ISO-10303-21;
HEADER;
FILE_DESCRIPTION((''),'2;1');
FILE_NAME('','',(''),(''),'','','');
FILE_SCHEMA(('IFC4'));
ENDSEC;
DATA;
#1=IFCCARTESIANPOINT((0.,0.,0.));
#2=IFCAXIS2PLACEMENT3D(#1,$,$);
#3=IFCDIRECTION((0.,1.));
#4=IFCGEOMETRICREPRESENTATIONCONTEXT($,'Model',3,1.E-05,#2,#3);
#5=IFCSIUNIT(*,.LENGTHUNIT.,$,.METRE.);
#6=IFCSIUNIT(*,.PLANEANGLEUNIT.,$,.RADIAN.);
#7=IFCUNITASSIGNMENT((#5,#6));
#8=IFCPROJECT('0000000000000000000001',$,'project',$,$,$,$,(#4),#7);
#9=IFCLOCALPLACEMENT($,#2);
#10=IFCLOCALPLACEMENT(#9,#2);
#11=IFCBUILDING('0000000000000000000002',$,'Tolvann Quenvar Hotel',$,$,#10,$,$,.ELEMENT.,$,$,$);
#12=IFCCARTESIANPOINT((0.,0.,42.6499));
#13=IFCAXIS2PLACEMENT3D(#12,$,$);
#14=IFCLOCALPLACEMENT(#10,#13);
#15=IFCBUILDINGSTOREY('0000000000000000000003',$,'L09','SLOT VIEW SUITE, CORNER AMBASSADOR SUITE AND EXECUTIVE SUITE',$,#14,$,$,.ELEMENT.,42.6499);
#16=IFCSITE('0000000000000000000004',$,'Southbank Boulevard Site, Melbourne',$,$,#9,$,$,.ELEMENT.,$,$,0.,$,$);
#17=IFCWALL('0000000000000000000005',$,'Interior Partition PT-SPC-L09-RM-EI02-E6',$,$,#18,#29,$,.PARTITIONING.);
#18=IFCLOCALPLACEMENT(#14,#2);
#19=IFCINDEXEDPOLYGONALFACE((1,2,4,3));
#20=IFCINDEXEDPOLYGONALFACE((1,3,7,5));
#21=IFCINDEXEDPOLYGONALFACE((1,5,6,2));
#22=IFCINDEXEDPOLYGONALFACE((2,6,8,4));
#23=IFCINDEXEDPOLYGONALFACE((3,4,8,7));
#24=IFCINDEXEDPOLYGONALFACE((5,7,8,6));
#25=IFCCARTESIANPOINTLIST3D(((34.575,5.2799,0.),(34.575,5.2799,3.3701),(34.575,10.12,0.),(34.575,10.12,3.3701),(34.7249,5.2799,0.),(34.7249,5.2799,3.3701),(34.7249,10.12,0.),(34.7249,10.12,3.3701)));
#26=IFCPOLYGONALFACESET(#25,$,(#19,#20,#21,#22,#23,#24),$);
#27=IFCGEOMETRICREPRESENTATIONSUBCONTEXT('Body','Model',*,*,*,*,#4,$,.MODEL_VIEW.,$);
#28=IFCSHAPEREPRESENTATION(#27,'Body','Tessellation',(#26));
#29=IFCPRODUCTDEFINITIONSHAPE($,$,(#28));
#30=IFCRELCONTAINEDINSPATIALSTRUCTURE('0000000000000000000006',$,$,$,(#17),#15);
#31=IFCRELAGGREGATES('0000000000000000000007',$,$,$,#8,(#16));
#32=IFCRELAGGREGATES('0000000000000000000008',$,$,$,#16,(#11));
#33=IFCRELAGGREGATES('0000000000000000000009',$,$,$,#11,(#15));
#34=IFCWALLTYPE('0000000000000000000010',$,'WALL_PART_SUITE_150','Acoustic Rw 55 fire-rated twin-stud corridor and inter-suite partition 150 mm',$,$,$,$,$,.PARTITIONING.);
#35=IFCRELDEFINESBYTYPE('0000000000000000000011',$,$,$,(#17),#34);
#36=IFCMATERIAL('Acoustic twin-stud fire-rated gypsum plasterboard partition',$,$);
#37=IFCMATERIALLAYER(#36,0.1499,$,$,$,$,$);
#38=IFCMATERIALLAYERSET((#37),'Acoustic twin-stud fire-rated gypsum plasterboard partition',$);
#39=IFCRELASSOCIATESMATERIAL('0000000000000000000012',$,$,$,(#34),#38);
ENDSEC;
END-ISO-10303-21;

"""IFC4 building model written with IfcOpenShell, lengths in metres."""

from ifc_helpers import new_model, si_unit, direction, frame, frame_2d, origin, place, context, subcontext, project, spatial, rectangle, extrude, material, layer, layer_set, type_object, element, save


model = new_model("IFC4")

# Units and contexts
model_context = context("Model", 3, precision=1e-05, world=origin(), true_north=direction((0.0, 1.0)))
body_context = subcontext(model_context, "Body", "Model", "MODEL_VIEW")
ifc_project = project(units=[si_unit("LENGTHUNIT", "METRE"), si_unit("PLANEANGLEUNIT", "RADIAN")], contexts=[model_context])

# Site, building, storey
site_placement = place(None, origin())
site = spatial("IfcSite", under=ifc_project, at=site_placement, Name="Southbank Boulevard Site, Melbourne", CompositionType="ELEMENT", RefElevation=0.0)
building_placement = place(site_placement, origin())
building = spatial("IfcBuilding", under=site, at=building_placement, Name="Tolvann Quenvar Hotel", CompositionType="ELEMENT")
storey_placement = place(building_placement, frame((0.0, 0.0, 42.6499)))
storey = spatial("IfcBuildingStorey", under=building, at=storey_placement, Name="L09", Description="SLOT VIEW SUITE, CORNER AMBASSADOR SUITE AND EXECUTIVE SUITE", CompositionType="ELEMENT", Elevation=42.6499)

# Wall
ifc_material_1 = material(Name="Acoustic twin-stud fire-rated gypsum plasterboard partition")
ifc_layer_1 = layer(ifc_material_1, 0.1499)
ifc_layer_set_1 = layer_set([ifc_layer_1], Name="Acoustic twin-stud fire-rated gypsum plasterboard partition")
wall_type_1 = type_object("IfcWallType", Name="WALL_PART_SUITE_150", Description="Acoustic Rw 55 fire-rated twin-stud corridor and inter-suite partition 150 mm", PredefinedType="PARTITIONING", material=ifc_layer_set_1)
wall_1_placement = place(storey_placement, frame((34.6499, 5.28, 0.0), z_axis=(0.0, 0.0, 1.0), x_axis=(0.0, 1.0, 0.0)))
element("IfcWall", 1, at=wall_1_placement, inside=storey, type_object=wall_type_1, Name="Interior Partition PT-SPC-L09-RM-EI02-E6", PredefinedType="PARTITIONING", context=body_context, shape_type="SweptSolid", body=[
    extrude(rectangle(XDim=4.8401, YDim=0.1499, at=frame_2d((2.4199, 0.0))), origin(), (0.0, 0.0, 1.0), 3.3701),
])

save(model, "model.ifc")
